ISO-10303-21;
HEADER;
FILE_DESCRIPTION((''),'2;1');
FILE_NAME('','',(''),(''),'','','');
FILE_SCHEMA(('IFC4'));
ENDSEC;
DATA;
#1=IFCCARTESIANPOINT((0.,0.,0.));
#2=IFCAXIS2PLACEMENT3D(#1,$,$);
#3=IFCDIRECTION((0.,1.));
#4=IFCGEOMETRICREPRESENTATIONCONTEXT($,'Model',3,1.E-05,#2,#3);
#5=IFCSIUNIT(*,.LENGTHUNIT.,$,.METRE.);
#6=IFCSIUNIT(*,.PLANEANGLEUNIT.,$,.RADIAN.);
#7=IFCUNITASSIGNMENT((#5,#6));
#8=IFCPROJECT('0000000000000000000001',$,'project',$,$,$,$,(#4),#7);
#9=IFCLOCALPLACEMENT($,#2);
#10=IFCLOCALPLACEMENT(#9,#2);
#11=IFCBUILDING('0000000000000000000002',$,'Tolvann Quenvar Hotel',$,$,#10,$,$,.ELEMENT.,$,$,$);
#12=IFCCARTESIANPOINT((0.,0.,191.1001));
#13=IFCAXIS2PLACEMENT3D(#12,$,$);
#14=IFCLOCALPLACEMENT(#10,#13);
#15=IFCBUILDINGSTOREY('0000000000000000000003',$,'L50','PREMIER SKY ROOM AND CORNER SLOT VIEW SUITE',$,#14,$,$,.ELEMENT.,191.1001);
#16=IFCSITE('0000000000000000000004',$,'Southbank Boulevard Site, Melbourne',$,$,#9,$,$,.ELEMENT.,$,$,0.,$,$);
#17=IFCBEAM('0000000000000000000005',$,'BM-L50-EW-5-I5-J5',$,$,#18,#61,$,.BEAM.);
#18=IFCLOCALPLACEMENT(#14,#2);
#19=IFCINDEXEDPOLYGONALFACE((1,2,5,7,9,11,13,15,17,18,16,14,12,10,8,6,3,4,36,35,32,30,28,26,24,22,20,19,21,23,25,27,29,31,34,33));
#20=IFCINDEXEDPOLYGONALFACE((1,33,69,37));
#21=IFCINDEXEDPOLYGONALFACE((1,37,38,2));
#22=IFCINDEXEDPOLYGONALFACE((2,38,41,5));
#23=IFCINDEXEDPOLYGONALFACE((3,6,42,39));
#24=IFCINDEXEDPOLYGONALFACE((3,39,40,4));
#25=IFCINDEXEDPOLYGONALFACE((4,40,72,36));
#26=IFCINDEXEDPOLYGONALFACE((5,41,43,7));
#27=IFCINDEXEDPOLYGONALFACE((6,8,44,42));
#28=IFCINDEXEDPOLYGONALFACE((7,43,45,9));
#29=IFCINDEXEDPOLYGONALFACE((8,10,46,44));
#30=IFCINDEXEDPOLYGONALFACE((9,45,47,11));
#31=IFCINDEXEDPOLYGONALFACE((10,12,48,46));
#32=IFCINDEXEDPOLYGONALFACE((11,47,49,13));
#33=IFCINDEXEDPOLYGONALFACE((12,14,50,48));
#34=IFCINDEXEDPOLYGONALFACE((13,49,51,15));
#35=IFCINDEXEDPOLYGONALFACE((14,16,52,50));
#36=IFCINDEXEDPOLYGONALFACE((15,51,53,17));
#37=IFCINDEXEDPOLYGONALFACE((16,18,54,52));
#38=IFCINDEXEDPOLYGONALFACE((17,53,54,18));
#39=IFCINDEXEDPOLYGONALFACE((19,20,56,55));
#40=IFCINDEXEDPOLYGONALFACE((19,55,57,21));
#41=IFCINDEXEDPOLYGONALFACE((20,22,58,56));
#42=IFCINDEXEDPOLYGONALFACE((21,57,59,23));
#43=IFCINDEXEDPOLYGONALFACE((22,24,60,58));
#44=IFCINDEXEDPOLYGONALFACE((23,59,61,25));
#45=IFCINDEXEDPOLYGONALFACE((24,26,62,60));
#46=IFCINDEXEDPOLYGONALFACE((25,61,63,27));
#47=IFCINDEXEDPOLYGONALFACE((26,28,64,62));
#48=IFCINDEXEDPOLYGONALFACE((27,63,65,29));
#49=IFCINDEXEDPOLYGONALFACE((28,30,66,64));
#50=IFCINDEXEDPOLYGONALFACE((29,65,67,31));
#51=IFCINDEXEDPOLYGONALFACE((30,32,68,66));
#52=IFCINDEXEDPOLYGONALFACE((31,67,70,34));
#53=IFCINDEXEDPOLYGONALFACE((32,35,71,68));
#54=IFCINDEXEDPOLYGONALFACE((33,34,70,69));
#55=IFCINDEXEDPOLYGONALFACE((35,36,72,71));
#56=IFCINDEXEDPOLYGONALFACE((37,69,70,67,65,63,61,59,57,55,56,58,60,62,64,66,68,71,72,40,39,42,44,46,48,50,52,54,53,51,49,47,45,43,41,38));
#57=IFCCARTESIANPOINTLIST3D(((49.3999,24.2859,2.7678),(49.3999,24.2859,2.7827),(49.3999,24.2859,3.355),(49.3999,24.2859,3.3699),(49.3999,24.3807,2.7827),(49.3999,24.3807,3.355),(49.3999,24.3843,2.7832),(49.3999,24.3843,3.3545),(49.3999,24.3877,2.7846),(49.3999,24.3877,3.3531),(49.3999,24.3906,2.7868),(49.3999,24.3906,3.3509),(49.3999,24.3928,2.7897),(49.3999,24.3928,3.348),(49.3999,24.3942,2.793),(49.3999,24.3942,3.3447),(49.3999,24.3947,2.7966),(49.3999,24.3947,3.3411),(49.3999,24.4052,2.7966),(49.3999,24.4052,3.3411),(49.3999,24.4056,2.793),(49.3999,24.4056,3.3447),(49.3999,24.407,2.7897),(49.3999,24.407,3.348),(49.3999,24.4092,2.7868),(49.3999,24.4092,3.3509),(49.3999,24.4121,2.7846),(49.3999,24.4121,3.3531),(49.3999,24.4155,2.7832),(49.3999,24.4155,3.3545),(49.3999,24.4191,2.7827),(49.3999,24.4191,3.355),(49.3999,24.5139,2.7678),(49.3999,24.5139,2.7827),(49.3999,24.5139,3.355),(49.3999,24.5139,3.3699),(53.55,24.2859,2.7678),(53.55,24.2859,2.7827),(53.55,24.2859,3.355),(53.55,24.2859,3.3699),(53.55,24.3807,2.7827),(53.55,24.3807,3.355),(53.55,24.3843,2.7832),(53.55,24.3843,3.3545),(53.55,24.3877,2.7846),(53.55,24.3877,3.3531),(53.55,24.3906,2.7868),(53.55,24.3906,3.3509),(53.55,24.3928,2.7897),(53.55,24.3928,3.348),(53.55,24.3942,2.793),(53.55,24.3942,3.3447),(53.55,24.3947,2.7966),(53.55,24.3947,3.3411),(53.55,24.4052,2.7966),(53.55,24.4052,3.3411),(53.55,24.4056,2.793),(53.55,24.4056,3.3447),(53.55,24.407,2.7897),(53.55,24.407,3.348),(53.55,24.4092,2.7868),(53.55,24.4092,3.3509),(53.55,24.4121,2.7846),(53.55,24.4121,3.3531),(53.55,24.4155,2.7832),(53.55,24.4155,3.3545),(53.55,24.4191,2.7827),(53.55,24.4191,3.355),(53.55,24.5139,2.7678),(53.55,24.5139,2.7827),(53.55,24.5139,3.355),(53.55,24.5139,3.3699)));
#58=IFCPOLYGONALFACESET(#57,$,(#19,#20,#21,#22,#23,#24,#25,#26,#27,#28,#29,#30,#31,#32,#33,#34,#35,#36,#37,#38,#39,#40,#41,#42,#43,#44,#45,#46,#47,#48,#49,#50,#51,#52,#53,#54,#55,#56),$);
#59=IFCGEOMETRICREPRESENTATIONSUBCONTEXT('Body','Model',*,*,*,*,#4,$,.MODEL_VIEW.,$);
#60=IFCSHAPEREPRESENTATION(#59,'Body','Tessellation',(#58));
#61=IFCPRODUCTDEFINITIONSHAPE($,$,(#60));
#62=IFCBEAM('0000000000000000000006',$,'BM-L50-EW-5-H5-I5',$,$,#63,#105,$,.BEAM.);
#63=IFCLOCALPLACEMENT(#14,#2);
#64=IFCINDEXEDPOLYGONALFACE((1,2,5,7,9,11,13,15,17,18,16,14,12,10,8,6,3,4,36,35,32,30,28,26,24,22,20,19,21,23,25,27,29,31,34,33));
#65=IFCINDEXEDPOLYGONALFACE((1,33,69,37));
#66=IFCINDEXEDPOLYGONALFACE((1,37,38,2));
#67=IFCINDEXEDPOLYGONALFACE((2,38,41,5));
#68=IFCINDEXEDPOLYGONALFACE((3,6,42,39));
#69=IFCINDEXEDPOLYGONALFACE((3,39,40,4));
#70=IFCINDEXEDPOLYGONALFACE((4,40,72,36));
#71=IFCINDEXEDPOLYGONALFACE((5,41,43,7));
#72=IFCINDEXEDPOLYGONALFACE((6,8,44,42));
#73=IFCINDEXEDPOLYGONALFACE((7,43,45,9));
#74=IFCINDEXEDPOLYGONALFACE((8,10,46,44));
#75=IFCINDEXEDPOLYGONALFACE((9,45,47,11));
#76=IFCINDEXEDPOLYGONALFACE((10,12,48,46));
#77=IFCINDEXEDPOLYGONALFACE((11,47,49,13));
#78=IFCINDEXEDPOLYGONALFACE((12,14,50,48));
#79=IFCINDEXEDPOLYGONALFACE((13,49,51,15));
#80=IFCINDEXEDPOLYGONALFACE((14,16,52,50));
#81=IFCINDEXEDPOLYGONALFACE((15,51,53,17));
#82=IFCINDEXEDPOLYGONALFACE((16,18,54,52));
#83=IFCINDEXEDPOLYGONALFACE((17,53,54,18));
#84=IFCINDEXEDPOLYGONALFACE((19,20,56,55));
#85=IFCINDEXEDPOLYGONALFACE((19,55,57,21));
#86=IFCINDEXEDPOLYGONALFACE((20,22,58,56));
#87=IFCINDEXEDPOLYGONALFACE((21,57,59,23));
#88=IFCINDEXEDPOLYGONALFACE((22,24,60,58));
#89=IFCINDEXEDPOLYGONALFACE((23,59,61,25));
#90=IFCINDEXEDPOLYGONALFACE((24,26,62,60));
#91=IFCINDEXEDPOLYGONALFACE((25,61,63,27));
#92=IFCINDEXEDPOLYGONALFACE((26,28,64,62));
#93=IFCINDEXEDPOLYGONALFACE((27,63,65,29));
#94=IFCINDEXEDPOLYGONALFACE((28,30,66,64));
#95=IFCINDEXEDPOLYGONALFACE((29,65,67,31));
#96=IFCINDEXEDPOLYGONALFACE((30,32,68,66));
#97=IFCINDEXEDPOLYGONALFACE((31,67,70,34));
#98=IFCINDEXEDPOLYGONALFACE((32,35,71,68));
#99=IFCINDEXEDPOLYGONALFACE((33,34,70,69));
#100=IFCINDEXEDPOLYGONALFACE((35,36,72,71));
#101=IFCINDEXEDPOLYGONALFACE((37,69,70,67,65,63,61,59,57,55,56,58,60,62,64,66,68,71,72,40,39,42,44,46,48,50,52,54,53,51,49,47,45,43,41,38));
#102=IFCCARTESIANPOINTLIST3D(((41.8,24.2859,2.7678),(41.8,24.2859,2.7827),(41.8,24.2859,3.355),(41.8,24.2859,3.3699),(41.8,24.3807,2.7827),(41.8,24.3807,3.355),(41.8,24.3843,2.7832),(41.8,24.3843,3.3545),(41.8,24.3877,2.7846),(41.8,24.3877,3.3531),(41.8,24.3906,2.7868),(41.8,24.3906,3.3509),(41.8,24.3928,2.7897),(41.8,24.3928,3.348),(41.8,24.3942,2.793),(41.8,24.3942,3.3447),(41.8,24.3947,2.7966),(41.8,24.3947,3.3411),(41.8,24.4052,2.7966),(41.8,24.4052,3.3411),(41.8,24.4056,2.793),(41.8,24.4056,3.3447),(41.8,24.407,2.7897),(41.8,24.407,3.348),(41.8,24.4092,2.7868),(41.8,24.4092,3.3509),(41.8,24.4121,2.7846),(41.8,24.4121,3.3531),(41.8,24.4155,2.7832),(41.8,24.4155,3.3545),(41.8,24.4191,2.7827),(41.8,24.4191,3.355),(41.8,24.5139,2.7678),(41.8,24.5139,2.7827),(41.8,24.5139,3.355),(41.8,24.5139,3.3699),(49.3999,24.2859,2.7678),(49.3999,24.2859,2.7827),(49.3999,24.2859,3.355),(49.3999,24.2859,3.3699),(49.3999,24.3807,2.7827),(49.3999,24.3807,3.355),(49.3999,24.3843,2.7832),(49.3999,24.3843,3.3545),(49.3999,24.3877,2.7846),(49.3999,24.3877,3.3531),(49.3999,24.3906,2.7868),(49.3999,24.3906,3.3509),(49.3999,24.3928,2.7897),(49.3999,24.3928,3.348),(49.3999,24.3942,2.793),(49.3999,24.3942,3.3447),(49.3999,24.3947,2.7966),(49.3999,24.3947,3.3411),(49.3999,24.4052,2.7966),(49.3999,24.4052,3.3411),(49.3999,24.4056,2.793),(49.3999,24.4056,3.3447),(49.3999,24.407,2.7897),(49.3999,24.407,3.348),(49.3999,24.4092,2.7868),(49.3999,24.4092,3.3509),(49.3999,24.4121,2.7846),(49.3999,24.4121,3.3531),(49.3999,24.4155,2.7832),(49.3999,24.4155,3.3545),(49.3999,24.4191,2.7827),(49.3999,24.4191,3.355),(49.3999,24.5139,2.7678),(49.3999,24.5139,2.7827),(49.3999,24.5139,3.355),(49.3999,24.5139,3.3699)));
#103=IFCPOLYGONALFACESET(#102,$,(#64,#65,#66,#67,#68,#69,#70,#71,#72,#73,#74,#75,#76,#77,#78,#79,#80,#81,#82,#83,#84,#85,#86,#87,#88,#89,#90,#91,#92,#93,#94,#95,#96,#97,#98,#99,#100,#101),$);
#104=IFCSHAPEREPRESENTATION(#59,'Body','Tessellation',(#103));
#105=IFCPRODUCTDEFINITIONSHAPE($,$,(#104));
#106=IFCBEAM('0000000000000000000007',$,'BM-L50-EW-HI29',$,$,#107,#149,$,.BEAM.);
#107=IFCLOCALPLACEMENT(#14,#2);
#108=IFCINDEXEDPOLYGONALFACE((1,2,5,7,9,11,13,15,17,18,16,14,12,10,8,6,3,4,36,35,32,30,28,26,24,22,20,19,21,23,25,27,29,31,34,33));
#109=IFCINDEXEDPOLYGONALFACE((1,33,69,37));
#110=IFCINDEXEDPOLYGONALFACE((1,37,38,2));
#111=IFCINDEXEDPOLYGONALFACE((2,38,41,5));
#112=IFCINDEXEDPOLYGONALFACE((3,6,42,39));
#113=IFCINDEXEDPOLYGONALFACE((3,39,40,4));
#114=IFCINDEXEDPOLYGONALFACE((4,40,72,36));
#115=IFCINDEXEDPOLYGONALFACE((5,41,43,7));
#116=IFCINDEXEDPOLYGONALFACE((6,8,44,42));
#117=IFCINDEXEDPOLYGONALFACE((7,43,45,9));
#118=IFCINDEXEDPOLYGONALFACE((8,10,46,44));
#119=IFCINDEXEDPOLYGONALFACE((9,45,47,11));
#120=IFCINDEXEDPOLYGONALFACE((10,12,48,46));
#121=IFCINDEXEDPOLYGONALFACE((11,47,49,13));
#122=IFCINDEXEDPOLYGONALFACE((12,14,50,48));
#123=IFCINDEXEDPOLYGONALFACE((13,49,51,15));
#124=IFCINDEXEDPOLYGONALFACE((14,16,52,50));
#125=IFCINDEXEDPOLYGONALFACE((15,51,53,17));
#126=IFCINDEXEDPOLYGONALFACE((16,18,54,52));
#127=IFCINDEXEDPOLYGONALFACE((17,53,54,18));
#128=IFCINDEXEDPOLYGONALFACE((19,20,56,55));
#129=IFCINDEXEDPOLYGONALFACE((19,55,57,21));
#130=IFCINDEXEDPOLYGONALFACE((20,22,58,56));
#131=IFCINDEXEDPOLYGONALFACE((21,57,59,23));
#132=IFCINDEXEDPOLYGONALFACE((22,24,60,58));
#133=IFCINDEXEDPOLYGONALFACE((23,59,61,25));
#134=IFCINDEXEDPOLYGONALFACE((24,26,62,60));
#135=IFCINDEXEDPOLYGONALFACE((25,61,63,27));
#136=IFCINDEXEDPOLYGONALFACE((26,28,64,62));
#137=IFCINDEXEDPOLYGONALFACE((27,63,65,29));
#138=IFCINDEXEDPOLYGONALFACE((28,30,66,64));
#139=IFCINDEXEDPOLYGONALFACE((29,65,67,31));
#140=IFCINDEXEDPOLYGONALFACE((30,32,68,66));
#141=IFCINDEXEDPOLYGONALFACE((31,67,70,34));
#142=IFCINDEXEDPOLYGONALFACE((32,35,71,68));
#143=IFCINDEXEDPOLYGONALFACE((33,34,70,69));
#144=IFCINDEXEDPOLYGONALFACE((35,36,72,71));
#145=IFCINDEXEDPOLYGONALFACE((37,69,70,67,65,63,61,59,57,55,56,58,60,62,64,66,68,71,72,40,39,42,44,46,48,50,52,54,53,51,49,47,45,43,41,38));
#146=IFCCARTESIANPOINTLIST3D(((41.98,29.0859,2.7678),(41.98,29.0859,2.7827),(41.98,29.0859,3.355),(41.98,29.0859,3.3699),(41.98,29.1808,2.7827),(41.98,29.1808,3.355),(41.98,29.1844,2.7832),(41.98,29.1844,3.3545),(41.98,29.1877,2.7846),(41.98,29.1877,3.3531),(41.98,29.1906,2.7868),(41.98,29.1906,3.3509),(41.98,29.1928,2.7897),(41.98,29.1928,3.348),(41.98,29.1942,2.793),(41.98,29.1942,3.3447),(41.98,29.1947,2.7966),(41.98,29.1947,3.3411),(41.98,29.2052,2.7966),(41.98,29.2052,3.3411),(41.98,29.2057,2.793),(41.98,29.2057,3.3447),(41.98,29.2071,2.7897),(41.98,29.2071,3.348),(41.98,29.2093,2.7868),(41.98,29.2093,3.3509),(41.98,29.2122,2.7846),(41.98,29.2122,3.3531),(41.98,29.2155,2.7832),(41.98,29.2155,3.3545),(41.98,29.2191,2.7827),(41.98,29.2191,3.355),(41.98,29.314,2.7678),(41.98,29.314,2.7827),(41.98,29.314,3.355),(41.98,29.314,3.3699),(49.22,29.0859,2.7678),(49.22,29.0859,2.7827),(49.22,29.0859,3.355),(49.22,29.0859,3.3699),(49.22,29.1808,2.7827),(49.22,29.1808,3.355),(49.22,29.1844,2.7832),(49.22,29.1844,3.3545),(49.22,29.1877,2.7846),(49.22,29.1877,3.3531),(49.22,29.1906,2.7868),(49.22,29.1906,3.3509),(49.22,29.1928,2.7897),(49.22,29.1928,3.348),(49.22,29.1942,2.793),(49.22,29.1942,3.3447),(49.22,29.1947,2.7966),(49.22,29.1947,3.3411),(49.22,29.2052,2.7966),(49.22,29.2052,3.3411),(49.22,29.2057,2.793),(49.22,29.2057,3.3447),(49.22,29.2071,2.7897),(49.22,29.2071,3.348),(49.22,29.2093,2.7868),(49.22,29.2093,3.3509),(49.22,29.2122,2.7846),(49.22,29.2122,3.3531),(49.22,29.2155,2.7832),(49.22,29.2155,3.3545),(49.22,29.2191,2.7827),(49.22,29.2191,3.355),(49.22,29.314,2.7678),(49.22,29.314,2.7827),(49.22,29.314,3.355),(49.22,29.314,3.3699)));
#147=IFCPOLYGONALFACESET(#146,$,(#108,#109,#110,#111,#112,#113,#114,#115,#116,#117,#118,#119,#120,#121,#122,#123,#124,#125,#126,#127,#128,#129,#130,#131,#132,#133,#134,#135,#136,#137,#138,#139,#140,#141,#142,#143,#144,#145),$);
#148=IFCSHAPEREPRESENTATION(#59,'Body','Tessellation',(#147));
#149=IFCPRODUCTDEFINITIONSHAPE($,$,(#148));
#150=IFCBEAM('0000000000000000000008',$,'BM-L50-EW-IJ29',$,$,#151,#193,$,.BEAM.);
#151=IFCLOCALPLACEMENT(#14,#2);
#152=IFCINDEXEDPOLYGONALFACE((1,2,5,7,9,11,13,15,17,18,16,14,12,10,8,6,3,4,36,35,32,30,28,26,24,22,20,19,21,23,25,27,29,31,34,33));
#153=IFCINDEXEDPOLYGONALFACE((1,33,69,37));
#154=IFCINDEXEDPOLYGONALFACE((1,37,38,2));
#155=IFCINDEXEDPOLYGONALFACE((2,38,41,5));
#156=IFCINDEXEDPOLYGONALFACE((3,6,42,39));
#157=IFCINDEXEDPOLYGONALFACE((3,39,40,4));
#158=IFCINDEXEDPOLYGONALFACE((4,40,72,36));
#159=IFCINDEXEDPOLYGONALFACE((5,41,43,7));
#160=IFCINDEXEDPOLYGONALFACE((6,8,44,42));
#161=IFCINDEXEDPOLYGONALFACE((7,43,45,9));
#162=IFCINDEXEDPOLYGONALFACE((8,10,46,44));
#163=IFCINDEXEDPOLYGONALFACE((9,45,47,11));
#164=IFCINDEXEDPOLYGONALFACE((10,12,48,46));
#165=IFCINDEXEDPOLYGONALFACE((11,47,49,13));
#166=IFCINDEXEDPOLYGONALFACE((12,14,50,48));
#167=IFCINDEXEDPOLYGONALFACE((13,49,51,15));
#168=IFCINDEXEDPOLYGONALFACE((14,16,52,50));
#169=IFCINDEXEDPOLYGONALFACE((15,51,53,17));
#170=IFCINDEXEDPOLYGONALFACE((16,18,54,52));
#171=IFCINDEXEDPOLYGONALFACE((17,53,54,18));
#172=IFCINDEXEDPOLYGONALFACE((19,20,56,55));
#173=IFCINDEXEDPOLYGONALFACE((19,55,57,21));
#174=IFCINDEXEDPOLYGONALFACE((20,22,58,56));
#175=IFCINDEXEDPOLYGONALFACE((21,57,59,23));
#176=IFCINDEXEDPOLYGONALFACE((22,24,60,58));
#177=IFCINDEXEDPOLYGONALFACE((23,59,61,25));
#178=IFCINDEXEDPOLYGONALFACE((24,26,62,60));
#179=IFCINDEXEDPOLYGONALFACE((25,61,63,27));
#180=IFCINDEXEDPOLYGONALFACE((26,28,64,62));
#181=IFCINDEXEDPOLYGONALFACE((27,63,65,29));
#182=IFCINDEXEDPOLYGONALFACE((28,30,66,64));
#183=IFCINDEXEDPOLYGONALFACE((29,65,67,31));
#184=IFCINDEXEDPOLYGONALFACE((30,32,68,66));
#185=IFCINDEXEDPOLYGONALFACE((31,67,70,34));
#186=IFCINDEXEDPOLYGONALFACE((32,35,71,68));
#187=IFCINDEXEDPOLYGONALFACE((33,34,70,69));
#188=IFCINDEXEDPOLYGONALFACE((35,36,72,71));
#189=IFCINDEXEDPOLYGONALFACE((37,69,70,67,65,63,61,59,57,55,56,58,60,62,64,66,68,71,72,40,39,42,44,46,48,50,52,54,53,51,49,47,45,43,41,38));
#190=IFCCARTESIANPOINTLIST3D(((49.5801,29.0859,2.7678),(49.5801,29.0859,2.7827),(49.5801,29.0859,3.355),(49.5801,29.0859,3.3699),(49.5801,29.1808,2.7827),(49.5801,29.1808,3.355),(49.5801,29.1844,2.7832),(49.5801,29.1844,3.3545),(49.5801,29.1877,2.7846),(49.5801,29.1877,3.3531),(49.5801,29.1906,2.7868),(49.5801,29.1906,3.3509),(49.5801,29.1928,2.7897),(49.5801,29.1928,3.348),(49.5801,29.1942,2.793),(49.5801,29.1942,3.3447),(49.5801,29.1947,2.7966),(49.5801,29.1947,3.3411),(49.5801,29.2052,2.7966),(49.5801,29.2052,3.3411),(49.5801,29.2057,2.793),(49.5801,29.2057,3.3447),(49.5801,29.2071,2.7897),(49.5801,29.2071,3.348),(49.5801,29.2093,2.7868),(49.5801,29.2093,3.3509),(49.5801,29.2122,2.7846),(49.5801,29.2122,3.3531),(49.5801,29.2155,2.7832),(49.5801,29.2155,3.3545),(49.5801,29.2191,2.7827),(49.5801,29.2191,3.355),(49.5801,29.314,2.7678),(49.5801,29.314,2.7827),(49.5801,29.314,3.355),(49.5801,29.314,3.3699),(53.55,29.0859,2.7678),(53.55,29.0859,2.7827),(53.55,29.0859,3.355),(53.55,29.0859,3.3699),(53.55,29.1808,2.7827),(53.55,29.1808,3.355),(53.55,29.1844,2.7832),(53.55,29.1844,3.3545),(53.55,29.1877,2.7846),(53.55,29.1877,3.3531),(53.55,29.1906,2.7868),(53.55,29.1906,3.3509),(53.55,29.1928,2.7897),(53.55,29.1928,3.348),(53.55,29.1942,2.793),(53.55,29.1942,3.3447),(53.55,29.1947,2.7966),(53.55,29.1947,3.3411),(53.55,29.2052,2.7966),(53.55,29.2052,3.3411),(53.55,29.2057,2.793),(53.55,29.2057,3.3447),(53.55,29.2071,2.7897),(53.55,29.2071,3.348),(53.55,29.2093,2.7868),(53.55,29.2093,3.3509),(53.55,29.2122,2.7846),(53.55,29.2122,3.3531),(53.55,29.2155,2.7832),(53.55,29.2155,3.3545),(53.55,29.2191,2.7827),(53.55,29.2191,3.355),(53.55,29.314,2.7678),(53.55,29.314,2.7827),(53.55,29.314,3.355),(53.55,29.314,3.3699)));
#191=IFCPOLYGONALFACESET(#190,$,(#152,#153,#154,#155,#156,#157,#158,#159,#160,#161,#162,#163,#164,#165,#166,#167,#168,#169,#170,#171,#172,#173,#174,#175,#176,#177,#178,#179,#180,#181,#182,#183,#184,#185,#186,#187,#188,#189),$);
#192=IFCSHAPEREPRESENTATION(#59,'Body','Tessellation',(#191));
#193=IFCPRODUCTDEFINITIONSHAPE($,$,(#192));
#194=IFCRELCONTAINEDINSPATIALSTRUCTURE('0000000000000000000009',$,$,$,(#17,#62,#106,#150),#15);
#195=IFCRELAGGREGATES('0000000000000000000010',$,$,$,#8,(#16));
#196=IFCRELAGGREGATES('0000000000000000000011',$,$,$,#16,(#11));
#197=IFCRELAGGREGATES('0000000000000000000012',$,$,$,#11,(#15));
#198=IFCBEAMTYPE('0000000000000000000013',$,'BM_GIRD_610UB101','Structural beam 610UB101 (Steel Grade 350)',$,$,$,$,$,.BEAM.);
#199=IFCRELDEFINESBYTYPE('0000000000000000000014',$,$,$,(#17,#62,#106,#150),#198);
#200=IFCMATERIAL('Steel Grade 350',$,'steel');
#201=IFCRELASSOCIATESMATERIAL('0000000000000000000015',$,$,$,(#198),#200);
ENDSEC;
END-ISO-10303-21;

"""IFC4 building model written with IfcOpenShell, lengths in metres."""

from ifc_helpers import new_model, si_unit, direction, frame, origin, origin_2d, place, context, subcontext, project, spatial, i_section, extrude, source, transform, mapped, material, material_profile, profile_set, type_object, type_shapes, element, save


model = new_model("IFC4")

# Units and contexts
model_context = context("Model", 3, precision=1e-05, world=origin(), true_north=direction((0.0, 1.0)))
body_context = subcontext(model_context, "Body", "Model", "MODEL_VIEW")
ifc_project = project(units=[si_unit("LENGTHUNIT", "METRE"), si_unit("PLANEANGLEUNIT", "RADIAN")], contexts=[model_context])

# Site, building, storey
site_placement = place(None, origin())
site = spatial("IfcSite", under=ifc_project, at=site_placement, Name="Southbank Boulevard Site, Melbourne", CompositionType="ELEMENT", RefElevation=0.0)
building_placement = place(site_placement, origin())
building = spatial("IfcBuilding", under=site, at=building_placement, Name="Tolvann Quenvar Hotel", CompositionType="ELEMENT")
storey_placement = place(building_placement, frame((0.0, 0.0, 191.1001)))
storey = spatial("IfcBuildingStorey", under=building, at=storey_placement, Name="L50", Description="PREMIER SKY ROOM AND CORNER SLOT VIEW SUITE", CompositionType="ELEMENT", Elevation=191.1001)

# Shared definitions
ifc_material_1 = material(Name="Steel Grade 350", Category="steel")

# Beams
ifc_material_profile_1 = material_profile(ifc_material_1, i_section(OverallWidth=0.228, OverallDepth=0.6021, WebThickness=0.0105, FlangeThickness=0.0149, FilletRadius=0.0139, at=origin_2d()), Name="610UB101")
ifc_profile_set_1 = profile_set([ifc_material_profile_1], Name="Steel Grade 350")
beam_type_1 = type_object("IfcBeamType", Name="BM_GIRD_610UB101", Description="Structural beam 610UB101 (Steel Grade 350)", PredefinedType="BEAM", material=ifc_profile_set_1)
shared_shape_1 = source(origin(), body_context, "Body", "SweptSolid", [
    extrude(i_section(OverallWidth=0.228, OverallDepth=0.6021, WebThickness=0.0105, FlangeThickness=0.0149, FilletRadius=0.0139, at=origin_2d()), origin(), (0.0, 0.0, 1.0), 4.1501),
])
for number, where, z_axis, x_axis, name in (
    (1, (49.3999, 24.3999, 3.0688), (1.0, 0.0, 0.0), (0.0, 1.0, 0.0), "BM-L50-EW-5-I5-J5"),
):
    element("IfcBeam", number, at=place(storey_placement, frame(where, z_axis=z_axis, x_axis=x_axis)), inside=storey, type_object=beam_type_1, Name=name, PredefinedType="BEAM", context=body_context, shape_type="MappedRepresentation", body=[
        mapped(shared_shape_1, transform((0.0, 0.0, 0.0), x_axis=(1.0, 0.0, 0.0), y_axis=(0.0, 1.0, 0.0), z_axis=(0.0, 0.0, 1.0), scale=1.0)),
    ])
shared_shape_2 = source(origin(), body_context, "Body", "SweptSolid", [
    extrude(i_section(OverallWidth=0.228, OverallDepth=0.6021, WebThickness=0.0105, FlangeThickness=0.0149, FilletRadius=0.0139, at=origin_2d()), origin(), (0.0, 0.0, 1.0), 7.5999),
])
beam_1_placement = place(storey_placement, frame((41.8, 24.3999, 3.0688), z_axis=(1.0, 0.0, 0.0), x_axis=(0.0, 1.0, 0.0)))
element("IfcBeam", 2, at=beam_1_placement, inside=storey, type_object=beam_type_1, Name="BM-L50-EW-5-H5-I5", PredefinedType="BEAM", context=body_context, shape_type="MappedRepresentation", body=[
    mapped(shared_shape_2, transform((0.0, 0.0, 0.0), x_axis=(1.0, 0.0, 0.0), y_axis=(0.0, 1.0, 0.0), z_axis=(0.0, 0.0, 1.0), scale=1.0)),
])
shared_shape_3 = source(origin(), body_context, "Body", "SweptSolid", [
    extrude(i_section(OverallWidth=0.228, OverallDepth=0.6021, WebThickness=0.0105, FlangeThickness=0.0149, FilletRadius=0.0139, at=origin_2d()), origin(), (0.0, 0.0, 1.0), 7.24),
])
beam_2_placement = place(storey_placement, frame((41.98, 29.2, 3.0688), z_axis=(1.0, 0.0, 0.0), x_axis=(0.0, 1.0, 0.0)))
element("IfcBeam", 3, at=beam_2_placement, inside=storey, type_object=beam_type_1, Name="BM-L50-EW-HI29", PredefinedType="BEAM", context=body_context, shape_type="MappedRepresentation", body=[
    mapped(shared_shape_3, transform((0.0, 0.0, 0.0), x_axis=(1.0, 0.0, 0.0), y_axis=(0.0, 1.0, 0.0), z_axis=(0.0, 0.0, 1.0), scale=1.0)),
])
shared_shape_4 = source(origin(), body_context, "Body", "SweptSolid", [
    extrude(i_section(OverallWidth=0.228, OverallDepth=0.6021, WebThickness=0.0105, FlangeThickness=0.0149, FilletRadius=0.0139, at=origin_2d()), origin(), (0.0, 0.0, 1.0), 3.97),
])
type_shapes(beam_type_1, [shared_shape_1, shared_shape_2, shared_shape_3, shared_shape_4])
beam_3_placement = place(storey_placement, frame((49.5801, 29.2, 3.0688), z_axis=(1.0, 0.0, 0.0), x_axis=(0.0, 1.0, 0.0)))
element("IfcBeam", 4, at=beam_3_placement, inside=storey, type_object=beam_type_1, Name="BM-L50-EW-IJ29", PredefinedType="BEAM", context=body_context, shape_type="MappedRepresentation", body=[
    mapped(shared_shape_4, transform((0.0, 0.0, 0.0), x_axis=(1.0, 0.0, 0.0), y_axis=(0.0, 1.0, 0.0), z_axis=(0.0, 0.0, 1.0), scale=1.0)),
])

save(model, "model.ifc")
